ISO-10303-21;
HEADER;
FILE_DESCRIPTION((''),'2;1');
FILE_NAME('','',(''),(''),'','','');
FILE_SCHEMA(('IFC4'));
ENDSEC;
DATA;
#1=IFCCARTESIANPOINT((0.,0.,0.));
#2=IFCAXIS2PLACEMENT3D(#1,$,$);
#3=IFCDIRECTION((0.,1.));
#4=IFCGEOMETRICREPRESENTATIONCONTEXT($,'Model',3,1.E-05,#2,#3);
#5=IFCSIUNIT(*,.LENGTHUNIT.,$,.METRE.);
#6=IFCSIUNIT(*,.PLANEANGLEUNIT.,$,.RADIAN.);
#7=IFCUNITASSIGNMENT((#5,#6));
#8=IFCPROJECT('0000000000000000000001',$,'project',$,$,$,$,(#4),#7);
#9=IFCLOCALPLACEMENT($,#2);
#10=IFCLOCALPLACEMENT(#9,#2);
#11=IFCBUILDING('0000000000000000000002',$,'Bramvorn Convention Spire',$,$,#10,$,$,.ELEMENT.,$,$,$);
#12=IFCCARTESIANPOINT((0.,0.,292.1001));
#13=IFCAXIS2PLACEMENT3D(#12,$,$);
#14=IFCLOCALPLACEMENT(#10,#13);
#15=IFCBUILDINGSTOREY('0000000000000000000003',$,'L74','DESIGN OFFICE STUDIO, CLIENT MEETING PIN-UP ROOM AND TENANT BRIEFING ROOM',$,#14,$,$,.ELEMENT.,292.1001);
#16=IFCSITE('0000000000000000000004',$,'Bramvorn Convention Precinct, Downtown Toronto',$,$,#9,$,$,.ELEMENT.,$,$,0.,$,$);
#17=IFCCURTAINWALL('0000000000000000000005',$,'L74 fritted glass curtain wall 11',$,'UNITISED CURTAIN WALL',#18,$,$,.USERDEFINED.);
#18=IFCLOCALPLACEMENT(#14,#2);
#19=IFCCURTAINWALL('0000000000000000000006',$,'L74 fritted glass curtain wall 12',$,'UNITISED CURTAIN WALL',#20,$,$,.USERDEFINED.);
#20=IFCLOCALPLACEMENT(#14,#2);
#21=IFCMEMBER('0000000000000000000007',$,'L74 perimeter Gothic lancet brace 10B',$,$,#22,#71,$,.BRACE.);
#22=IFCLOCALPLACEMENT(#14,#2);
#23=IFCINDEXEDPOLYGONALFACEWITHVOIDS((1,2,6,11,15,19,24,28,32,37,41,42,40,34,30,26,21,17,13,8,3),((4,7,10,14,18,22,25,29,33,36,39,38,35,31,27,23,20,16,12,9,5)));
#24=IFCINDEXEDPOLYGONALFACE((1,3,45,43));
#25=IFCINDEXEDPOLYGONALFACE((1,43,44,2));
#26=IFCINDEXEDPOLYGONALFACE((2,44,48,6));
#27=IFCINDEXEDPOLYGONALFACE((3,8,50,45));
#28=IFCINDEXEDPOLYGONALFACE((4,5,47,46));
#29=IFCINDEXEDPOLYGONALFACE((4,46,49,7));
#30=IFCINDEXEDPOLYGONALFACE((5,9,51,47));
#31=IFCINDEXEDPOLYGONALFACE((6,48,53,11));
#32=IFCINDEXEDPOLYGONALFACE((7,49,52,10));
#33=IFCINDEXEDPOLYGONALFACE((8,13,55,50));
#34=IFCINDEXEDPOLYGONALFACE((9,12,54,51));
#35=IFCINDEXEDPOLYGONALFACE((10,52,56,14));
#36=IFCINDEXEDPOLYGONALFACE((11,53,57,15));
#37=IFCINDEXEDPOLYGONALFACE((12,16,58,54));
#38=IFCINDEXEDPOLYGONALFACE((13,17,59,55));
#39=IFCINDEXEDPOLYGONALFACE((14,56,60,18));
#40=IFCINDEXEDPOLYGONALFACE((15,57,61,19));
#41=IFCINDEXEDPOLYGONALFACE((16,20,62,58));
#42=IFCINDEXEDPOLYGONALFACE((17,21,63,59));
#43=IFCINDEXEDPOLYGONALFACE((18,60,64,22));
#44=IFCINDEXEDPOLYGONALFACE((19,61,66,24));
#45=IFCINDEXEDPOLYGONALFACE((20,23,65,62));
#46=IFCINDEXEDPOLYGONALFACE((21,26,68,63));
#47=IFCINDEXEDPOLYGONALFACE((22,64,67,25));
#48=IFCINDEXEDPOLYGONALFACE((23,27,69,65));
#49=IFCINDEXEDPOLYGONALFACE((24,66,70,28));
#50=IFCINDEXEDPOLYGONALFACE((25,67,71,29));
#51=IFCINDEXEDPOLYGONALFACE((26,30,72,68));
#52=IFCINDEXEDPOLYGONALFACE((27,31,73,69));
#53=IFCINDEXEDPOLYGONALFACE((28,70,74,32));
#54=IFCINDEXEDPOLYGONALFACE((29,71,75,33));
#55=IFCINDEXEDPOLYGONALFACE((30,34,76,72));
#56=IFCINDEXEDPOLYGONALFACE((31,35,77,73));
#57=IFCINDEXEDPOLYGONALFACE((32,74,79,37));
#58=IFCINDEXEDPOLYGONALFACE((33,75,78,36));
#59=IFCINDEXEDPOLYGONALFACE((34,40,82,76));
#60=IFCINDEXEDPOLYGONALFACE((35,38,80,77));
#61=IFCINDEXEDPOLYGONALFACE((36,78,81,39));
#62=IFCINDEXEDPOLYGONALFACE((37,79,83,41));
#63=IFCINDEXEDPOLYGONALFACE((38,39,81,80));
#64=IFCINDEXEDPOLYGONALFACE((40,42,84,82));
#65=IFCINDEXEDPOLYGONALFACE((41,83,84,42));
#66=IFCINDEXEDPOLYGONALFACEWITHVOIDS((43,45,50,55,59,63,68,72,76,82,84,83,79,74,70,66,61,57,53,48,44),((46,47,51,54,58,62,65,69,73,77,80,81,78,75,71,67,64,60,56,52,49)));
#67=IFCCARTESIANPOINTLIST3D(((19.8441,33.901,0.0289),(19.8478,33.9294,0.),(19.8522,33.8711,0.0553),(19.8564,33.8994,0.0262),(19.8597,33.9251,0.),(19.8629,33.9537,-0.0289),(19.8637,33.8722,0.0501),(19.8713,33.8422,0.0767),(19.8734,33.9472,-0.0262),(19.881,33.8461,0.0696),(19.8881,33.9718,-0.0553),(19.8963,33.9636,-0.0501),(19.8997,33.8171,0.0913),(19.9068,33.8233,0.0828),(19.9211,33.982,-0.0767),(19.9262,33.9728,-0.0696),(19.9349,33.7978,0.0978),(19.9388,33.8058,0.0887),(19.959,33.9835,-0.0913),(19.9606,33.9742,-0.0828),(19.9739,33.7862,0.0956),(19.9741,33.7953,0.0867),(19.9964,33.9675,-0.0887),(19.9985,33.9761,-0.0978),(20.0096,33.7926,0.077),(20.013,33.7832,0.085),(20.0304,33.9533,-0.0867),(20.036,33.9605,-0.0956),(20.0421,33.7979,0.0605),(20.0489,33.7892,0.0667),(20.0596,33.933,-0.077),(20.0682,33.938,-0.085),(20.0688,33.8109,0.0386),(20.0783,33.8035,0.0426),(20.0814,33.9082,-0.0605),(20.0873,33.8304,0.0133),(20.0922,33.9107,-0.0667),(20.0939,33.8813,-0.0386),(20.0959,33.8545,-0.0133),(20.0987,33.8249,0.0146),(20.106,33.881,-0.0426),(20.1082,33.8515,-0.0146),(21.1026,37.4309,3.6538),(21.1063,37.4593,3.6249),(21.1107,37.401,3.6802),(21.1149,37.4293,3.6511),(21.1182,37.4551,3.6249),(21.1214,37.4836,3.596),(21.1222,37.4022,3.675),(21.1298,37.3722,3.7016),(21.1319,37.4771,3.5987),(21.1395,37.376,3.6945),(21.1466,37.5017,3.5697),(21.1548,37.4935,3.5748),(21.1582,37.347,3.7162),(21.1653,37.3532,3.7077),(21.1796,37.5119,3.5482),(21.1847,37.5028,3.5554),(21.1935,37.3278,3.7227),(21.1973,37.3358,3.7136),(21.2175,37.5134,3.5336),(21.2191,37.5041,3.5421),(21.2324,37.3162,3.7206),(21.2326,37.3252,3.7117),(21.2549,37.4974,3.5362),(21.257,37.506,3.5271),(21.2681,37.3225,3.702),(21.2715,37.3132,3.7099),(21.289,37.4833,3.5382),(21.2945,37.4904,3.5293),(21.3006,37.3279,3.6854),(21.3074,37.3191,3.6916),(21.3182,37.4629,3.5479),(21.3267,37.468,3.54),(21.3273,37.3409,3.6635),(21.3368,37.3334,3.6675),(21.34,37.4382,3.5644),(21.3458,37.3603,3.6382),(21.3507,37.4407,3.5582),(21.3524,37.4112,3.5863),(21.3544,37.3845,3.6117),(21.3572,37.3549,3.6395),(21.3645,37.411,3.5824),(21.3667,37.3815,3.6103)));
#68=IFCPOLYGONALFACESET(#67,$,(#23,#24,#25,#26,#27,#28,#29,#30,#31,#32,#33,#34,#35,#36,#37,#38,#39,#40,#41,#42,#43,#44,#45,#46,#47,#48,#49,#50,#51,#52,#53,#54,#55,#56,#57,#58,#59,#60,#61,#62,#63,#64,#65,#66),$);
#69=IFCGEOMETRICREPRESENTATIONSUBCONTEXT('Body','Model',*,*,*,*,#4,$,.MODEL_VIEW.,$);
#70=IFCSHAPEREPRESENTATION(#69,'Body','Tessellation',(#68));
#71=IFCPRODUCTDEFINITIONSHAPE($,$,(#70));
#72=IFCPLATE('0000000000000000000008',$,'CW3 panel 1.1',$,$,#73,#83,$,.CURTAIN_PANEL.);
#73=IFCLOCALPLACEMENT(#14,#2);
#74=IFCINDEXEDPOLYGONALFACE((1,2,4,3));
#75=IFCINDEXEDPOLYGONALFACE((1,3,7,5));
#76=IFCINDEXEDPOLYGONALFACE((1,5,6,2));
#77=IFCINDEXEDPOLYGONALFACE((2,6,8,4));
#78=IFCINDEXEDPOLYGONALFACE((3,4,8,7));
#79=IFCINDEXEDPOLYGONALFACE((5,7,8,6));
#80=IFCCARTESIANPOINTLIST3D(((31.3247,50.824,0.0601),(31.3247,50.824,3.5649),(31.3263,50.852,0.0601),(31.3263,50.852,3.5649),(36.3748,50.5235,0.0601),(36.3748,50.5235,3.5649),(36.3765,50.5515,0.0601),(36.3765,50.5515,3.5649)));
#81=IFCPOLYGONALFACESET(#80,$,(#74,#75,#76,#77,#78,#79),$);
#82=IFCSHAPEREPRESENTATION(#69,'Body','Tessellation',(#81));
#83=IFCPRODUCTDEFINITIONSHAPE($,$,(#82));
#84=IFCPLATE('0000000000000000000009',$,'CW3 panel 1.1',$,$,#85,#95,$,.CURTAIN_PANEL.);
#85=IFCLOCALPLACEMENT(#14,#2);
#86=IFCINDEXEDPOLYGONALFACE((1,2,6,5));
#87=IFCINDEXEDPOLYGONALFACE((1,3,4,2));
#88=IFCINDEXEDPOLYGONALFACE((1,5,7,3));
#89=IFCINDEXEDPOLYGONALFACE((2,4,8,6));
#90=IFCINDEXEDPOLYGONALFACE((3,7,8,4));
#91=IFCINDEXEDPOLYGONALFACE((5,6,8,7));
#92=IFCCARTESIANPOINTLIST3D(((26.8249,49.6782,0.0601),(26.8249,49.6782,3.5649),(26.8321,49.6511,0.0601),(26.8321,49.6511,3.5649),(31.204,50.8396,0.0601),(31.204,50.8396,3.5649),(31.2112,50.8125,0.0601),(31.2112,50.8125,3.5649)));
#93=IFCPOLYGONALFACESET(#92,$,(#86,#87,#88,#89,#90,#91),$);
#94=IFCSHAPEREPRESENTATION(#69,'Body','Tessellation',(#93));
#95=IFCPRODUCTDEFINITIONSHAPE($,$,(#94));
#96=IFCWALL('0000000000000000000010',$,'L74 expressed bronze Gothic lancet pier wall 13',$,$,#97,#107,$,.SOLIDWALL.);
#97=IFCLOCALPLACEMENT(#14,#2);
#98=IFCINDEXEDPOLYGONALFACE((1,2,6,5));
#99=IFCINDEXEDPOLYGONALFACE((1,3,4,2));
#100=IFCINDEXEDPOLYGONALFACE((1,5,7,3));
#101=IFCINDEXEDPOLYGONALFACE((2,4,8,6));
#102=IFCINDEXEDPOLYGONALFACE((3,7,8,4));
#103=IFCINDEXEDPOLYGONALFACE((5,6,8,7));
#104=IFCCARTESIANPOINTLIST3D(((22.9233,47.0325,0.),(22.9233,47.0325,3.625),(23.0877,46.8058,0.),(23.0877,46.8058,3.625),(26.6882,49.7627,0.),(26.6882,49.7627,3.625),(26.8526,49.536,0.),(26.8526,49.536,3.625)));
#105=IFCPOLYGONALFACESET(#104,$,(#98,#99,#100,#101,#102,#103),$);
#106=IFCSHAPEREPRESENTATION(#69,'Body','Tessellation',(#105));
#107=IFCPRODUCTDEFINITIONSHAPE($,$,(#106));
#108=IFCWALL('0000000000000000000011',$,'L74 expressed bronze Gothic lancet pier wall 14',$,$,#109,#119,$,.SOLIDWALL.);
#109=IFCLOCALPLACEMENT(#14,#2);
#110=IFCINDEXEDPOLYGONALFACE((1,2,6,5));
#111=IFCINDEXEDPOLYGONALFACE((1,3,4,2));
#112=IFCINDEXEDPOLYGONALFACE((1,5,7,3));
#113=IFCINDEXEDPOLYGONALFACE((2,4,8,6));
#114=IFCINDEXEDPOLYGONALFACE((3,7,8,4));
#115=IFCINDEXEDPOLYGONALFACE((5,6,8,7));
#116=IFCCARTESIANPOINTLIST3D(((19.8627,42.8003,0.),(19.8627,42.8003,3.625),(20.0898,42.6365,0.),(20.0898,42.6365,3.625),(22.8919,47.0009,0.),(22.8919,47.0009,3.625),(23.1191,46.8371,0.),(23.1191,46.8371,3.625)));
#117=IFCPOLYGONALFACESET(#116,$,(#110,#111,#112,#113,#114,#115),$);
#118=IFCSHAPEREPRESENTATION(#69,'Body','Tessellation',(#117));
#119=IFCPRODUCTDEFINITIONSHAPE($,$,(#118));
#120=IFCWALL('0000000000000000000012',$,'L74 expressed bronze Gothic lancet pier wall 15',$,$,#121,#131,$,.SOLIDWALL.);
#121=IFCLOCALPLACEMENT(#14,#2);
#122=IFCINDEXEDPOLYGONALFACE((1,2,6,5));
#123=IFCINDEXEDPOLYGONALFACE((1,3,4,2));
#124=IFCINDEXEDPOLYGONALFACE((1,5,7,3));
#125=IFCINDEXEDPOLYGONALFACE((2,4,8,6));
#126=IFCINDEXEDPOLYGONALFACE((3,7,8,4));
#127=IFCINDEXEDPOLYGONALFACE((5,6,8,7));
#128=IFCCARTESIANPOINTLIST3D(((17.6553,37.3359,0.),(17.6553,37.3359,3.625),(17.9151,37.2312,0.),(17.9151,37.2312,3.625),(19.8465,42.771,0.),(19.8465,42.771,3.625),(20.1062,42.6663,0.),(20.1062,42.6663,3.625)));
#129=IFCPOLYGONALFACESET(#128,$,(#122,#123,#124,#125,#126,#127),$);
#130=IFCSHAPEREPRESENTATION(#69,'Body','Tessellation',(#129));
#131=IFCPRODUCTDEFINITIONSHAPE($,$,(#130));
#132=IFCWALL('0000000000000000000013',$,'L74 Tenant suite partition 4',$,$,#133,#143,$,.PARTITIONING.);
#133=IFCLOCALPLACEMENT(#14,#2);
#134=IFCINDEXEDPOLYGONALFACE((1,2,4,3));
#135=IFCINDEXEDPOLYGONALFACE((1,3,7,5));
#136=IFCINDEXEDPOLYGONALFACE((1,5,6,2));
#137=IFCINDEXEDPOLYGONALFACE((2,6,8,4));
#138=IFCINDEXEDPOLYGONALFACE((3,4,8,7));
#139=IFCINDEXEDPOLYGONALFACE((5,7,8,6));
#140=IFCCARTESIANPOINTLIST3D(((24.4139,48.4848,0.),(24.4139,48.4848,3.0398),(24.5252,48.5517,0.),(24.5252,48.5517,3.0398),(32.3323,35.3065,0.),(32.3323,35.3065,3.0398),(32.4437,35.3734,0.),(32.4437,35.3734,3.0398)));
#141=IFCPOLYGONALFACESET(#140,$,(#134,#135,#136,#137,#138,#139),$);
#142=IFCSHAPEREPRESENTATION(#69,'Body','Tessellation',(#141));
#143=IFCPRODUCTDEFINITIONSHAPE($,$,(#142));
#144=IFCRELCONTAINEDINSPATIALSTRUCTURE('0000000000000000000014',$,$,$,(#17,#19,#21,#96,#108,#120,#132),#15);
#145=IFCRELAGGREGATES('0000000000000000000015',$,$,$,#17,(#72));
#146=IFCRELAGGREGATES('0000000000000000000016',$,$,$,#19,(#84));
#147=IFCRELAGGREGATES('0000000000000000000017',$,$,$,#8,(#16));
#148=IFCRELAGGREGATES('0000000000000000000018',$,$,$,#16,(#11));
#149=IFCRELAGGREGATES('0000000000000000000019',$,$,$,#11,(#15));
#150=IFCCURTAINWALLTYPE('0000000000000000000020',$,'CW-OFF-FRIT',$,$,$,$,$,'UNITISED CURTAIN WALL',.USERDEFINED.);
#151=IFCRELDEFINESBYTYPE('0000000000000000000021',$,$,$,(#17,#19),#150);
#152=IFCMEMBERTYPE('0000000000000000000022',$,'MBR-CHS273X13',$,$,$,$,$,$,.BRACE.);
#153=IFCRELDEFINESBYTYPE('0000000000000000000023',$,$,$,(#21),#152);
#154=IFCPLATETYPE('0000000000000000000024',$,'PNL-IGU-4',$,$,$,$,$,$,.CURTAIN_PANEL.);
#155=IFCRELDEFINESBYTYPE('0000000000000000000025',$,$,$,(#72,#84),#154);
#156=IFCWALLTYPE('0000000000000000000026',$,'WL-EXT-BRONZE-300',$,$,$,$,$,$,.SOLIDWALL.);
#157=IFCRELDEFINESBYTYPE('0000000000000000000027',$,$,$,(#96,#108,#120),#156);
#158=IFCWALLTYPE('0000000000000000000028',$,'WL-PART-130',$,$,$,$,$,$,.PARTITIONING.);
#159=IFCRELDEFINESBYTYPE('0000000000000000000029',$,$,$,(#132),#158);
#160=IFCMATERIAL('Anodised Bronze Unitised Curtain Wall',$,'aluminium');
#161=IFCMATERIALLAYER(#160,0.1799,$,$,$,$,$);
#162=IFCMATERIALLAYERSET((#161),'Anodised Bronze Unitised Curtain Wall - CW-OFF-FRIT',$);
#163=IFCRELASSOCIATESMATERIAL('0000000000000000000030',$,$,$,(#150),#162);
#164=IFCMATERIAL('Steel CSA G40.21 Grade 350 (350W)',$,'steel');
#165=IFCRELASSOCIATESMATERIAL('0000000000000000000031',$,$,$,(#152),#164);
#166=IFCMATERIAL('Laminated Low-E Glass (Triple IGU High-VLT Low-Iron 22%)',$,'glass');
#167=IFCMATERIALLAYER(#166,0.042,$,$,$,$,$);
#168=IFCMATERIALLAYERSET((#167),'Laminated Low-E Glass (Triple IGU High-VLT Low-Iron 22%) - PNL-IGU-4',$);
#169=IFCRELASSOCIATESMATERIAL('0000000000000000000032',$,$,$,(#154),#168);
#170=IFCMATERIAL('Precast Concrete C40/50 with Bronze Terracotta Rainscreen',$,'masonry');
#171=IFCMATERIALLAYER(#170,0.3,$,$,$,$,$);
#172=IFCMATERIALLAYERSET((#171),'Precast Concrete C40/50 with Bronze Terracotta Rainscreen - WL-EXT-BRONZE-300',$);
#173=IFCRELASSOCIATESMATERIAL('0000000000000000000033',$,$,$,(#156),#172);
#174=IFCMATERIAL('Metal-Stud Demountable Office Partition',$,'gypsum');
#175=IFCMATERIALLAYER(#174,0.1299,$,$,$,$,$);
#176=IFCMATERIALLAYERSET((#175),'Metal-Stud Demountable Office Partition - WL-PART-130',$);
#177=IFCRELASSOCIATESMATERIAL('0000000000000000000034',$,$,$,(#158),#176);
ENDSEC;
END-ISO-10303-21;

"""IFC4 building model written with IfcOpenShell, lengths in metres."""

from ifc_helpers import new_model, si_unit, direction, frame, frame_2d, origin, origin_2d, place, context, subcontext, project, spatial, rectangle, hollow_circle, extrude, material, layer, layer_set, material_profile, profile_set, type_object, element, aggregate, save


model = new_model("IFC4")

# Units and contexts
model_context = context("Model", 3, precision=1e-05, world=origin(), true_north=direction((0.0, 1.0)))
body_context = subcontext(model_context, "Body", "Model", "MODEL_VIEW")
ifc_project = project(units=[si_unit("LENGTHUNIT", "METRE"), si_unit("PLANEANGLEUNIT", "RADIAN")], contexts=[model_context])

# Site, building, storey
site_placement = place(None, origin())
site = spatial("IfcSite", under=ifc_project, at=site_placement, Name="Bramvorn Convention Precinct, Downtown Toronto", CompositionType="ELEMENT", RefElevation=0.0)
building_placement = place(site_placement, origin())
building = spatial("IfcBuilding", under=site, at=building_placement, Name="Bramvorn Convention Spire", CompositionType="ELEMENT")
storey_placement = place(building_placement, frame((0.0, 0.0, 292.1001)))
storey = spatial("IfcBuildingStorey", under=building, at=storey_placement, Name="L74", Description="DESIGN OFFICE STUDIO, CLIENT MEETING PIN-UP ROOM AND TENANT BRIEFING ROOM", CompositionType="ELEMENT", Elevation=292.1001)

# Shared definitions
ifc_material_1 = material(Name="Steel CSA G40.21 Grade 350 (350W)", Category="steel")

# Curtain wall
ifc_material_2 = material(Name="Anodised Bronze Unitised Curtain Wall", Category="aluminium")
ifc_layer_1 = layer(ifc_material_2, 0.1799)
ifc_layer_set_1 = layer_set([ifc_layer_1], Name="Anodised Bronze Unitised Curtain Wall - CW-OFF-FRIT")
curtain_wall_type = type_object("IfcCurtainWallType", Name="CW-OFF-FRIT", ElementType="UNITISED CURTAIN WALL", PredefinedType="USERDEFINED", material=ifc_layer_set_1)
curtain_wall_1_placement = place(storey_placement, origin())
curtain_wall_1 = element("IfcCurtainWall", 1, at=curtain_wall_1_placement, inside=storey, type_object=curtain_wall_type, Name="L74 fritted glass curtain wall 11", ObjectType="UNITISED CURTAIN WALL", PredefinedType="USERDEFINED")

# Curtain wall
curtain_wall_2_placement = place(storey_placement, origin())
curtain_wall_2 = element("IfcCurtainWall", 2, at=curtain_wall_2_placement, inside=storey, type_object=curtain_wall_type, Name="L74 fritted glass curtain wall 12", ObjectType="UNITISED CURTAIN WALL", PredefinedType="USERDEFINED")

# Member
ifc_material_profile_1 = material_profile(ifc_material_1, hollow_circle(Radius=0.1365, WallThickness=0.0127, at=origin_2d()))
ifc_profile_set_1 = profile_set([ifc_material_profile_1], Name="Steel CSA G40.21 Grade 350 (350W) - CHS273X13")
member_type_1 = type_object("IfcMemberType", Name="MBR-CHS273X13", PredefinedType="BRACE", material=ifc_profile_set_1)
member_1_placement = place(storey_placement, frame((19.9763, 33.8835, 0.0), z_axis=(0.241379, 0.677031, 0.695245), x_axis=(-0.941926, 0.33582, 0.0)))
element("IfcMember", 3, at=member_1_placement, inside=storey, type_object=member_type_1, Name="L74 perimeter Gothic lancet brace 10B", PredefinedType="BRACE", context=body_context, shape_type="SweptSolid", body=[
    extrude(hollow_circle(Radius=0.1365, WallThickness=0.0127, at=origin_2d()), origin(), (0.0, 0.0, 1.0), 5.2139),
])

# Plates
ifc_material_3 = material(Name="Laminated Low-E Glass (Triple IGU High-VLT Low-Iron 22%)", Category="glass")
ifc_layer_2 = layer(ifc_material_3, 0.042)
ifc_layer_set_2 = layer_set([ifc_layer_2], Name="Laminated Low-E Glass (Triple IGU High-VLT Low-Iron 22%) - PNL-IGU-4")
plate_type = type_object("IfcPlateType", Name="PNL-IGU-4", PredefinedType="CURTAIN_PANEL", material=ifc_layer_set_2)
plate_1_placement = place(storey_placement, frame((33.8506, 50.6877, 0.0601), z_axis=(0.0, 0.0, 1.0), x_axis=(0.998235, -0.059392, 0.0)))
plate_1 = element("IfcPlate", 4, at=plate_1_placement, type_object=plate_type, Name="CW3 panel 1.1", PredefinedType="CURTAIN_PANEL", context=body_context, shape_type="SweptSolid", body=[
    extrude(rectangle(XDim=5.0591, YDim=0.0281, at=origin_2d()), origin(), (0.0, 0.0, 1.0), 3.5049),
])
aggregate(curtain_wall_1, [plate_1])
plate_2_placement = place(storey_placement, frame((29.0181, 50.2454, 0.0601), z_axis=(0.0, 0.0, 1.0), x_axis=(0.966583, 0.256354, 0.0)))
plate_2 = element("IfcPlate", 5, at=plate_2_placement, type_object=plate_type, Name="CW3 panel 1.1", PredefinedType="CURTAIN_PANEL", context=body_context, shape_type="SweptSolid", body=[
    extrude(rectangle(XDim=4.5305, YDim=0.0281, at=origin_2d()), origin(), (0.0, 0.0, 1.0), 3.5049),
])
aggregate(curtain_wall_2, [plate_2])

# Walls
ifc_material_4 = material(Name="Precast Concrete C40/50 with Bronze Terracotta Rainscreen", Category="masonry")
ifc_layer_3 = layer(ifc_material_4, 0.3)
ifc_layer_set_3 = layer_set([ifc_layer_3], Name="Precast Concrete C40/50 with Bronze Terracotta Rainscreen - WL-EXT-BRONZE-300")
wall_type_1 = type_object("IfcWallType", Name="WL-EXT-BRONZE-300", PredefinedType="SOLIDWALL", material=ifc_layer_set_3)
wall_1_placement = place(storey_placement, frame((23.0056, 46.9192, 0.0), z_axis=(0.0, 0.0, 1.0), x_axis=(0.809541, 0.587063, 0.0)))
element("IfcWall", 6, at=wall_1_placement, inside=storey, type_object=wall_type_1, Name="L74 expressed bronze Gothic lancet pier wall 13", PredefinedType="SOLIDWALL", context=body_context, shape_type="SweptSolid", body=[
    extrude(rectangle(XDim=4.6506, YDim=0.28, at=frame_2d((2.3252, 0.0))), origin(), (0.0, 0.0, 1.0), 3.625),
])
wall_2_placement = place(storey_placement, frame((19.9763, 42.7185, 0.0), z_axis=(0.0, 0.0, 1.0), x_axis=(0.584916, 0.811094, 0.0)))
element("IfcWall", 7, at=wall_2_placement, inside=storey, type_object=wall_type_1, Name="L74 expressed bronze Gothic lancet pier wall 14", PredefinedType="SOLIDWALL", context=body_context, shape_type="SweptSolid", body=[
    extrude(rectangle(XDim=5.179, YDim=0.28, at=frame_2d((2.5894, 0.0))), origin(), (0.0, 0.0, 1.0), 3.625),
])
wall_3_placement = place(storey_placement, frame((17.7852, 37.2834, 0.0), z_axis=(0.0, 0.0, 1.0), x_axis=(0.373911, 0.927465, 0.0)))
element("IfcWall", 8, at=wall_3_placement, inside=storey, type_object=wall_type_1, Name="L74 expressed bronze Gothic lancet pier wall 15", PredefinedType="SOLIDWALL", context=body_context, shape_type="SweptSolid", body=[
    extrude(rectangle(XDim=5.8601, YDim=0.28, at=frame_2d((2.9302, 0.0))), origin(), (0.0, 0.0, 1.0), 3.625),
])
ifc_material_5 = material(Name="Metal-Stud Demountable Office Partition", Category="gypsum")
ifc_layer_4 = layer(ifc_material_5, 0.1299)
ifc_layer_set_4 = layer_set([ifc_layer_4], Name="Metal-Stud Demountable Office Partition - WL-PART-130")
wall_type_2 = type_object("IfcWallType", Name="WL-PART-130", PredefinedType="PARTITIONING", material=ifc_layer_set_4)
wall_4_placement = place(storey_placement, frame((32.3879, 35.3401, 0.0), z_axis=(0.0, 0.0, 1.0), x_axis=(-0.515047, 0.857162, 0.0)))
element("IfcWall", 9, at=wall_4_placement, inside=storey, type_object=wall_type_2, Name="L74 Tenant suite partition 4", PredefinedType="PARTITIONING", context=body_context, shape_type="SweptSolid", body=[
    extrude(rectangle(XDim=15.3743, YDim=0.1299, at=frame_2d((7.687, 0.0))), origin(), (0.0, 0.0, 1.0), 3.0398),
])

save(model, "model.ifc")
